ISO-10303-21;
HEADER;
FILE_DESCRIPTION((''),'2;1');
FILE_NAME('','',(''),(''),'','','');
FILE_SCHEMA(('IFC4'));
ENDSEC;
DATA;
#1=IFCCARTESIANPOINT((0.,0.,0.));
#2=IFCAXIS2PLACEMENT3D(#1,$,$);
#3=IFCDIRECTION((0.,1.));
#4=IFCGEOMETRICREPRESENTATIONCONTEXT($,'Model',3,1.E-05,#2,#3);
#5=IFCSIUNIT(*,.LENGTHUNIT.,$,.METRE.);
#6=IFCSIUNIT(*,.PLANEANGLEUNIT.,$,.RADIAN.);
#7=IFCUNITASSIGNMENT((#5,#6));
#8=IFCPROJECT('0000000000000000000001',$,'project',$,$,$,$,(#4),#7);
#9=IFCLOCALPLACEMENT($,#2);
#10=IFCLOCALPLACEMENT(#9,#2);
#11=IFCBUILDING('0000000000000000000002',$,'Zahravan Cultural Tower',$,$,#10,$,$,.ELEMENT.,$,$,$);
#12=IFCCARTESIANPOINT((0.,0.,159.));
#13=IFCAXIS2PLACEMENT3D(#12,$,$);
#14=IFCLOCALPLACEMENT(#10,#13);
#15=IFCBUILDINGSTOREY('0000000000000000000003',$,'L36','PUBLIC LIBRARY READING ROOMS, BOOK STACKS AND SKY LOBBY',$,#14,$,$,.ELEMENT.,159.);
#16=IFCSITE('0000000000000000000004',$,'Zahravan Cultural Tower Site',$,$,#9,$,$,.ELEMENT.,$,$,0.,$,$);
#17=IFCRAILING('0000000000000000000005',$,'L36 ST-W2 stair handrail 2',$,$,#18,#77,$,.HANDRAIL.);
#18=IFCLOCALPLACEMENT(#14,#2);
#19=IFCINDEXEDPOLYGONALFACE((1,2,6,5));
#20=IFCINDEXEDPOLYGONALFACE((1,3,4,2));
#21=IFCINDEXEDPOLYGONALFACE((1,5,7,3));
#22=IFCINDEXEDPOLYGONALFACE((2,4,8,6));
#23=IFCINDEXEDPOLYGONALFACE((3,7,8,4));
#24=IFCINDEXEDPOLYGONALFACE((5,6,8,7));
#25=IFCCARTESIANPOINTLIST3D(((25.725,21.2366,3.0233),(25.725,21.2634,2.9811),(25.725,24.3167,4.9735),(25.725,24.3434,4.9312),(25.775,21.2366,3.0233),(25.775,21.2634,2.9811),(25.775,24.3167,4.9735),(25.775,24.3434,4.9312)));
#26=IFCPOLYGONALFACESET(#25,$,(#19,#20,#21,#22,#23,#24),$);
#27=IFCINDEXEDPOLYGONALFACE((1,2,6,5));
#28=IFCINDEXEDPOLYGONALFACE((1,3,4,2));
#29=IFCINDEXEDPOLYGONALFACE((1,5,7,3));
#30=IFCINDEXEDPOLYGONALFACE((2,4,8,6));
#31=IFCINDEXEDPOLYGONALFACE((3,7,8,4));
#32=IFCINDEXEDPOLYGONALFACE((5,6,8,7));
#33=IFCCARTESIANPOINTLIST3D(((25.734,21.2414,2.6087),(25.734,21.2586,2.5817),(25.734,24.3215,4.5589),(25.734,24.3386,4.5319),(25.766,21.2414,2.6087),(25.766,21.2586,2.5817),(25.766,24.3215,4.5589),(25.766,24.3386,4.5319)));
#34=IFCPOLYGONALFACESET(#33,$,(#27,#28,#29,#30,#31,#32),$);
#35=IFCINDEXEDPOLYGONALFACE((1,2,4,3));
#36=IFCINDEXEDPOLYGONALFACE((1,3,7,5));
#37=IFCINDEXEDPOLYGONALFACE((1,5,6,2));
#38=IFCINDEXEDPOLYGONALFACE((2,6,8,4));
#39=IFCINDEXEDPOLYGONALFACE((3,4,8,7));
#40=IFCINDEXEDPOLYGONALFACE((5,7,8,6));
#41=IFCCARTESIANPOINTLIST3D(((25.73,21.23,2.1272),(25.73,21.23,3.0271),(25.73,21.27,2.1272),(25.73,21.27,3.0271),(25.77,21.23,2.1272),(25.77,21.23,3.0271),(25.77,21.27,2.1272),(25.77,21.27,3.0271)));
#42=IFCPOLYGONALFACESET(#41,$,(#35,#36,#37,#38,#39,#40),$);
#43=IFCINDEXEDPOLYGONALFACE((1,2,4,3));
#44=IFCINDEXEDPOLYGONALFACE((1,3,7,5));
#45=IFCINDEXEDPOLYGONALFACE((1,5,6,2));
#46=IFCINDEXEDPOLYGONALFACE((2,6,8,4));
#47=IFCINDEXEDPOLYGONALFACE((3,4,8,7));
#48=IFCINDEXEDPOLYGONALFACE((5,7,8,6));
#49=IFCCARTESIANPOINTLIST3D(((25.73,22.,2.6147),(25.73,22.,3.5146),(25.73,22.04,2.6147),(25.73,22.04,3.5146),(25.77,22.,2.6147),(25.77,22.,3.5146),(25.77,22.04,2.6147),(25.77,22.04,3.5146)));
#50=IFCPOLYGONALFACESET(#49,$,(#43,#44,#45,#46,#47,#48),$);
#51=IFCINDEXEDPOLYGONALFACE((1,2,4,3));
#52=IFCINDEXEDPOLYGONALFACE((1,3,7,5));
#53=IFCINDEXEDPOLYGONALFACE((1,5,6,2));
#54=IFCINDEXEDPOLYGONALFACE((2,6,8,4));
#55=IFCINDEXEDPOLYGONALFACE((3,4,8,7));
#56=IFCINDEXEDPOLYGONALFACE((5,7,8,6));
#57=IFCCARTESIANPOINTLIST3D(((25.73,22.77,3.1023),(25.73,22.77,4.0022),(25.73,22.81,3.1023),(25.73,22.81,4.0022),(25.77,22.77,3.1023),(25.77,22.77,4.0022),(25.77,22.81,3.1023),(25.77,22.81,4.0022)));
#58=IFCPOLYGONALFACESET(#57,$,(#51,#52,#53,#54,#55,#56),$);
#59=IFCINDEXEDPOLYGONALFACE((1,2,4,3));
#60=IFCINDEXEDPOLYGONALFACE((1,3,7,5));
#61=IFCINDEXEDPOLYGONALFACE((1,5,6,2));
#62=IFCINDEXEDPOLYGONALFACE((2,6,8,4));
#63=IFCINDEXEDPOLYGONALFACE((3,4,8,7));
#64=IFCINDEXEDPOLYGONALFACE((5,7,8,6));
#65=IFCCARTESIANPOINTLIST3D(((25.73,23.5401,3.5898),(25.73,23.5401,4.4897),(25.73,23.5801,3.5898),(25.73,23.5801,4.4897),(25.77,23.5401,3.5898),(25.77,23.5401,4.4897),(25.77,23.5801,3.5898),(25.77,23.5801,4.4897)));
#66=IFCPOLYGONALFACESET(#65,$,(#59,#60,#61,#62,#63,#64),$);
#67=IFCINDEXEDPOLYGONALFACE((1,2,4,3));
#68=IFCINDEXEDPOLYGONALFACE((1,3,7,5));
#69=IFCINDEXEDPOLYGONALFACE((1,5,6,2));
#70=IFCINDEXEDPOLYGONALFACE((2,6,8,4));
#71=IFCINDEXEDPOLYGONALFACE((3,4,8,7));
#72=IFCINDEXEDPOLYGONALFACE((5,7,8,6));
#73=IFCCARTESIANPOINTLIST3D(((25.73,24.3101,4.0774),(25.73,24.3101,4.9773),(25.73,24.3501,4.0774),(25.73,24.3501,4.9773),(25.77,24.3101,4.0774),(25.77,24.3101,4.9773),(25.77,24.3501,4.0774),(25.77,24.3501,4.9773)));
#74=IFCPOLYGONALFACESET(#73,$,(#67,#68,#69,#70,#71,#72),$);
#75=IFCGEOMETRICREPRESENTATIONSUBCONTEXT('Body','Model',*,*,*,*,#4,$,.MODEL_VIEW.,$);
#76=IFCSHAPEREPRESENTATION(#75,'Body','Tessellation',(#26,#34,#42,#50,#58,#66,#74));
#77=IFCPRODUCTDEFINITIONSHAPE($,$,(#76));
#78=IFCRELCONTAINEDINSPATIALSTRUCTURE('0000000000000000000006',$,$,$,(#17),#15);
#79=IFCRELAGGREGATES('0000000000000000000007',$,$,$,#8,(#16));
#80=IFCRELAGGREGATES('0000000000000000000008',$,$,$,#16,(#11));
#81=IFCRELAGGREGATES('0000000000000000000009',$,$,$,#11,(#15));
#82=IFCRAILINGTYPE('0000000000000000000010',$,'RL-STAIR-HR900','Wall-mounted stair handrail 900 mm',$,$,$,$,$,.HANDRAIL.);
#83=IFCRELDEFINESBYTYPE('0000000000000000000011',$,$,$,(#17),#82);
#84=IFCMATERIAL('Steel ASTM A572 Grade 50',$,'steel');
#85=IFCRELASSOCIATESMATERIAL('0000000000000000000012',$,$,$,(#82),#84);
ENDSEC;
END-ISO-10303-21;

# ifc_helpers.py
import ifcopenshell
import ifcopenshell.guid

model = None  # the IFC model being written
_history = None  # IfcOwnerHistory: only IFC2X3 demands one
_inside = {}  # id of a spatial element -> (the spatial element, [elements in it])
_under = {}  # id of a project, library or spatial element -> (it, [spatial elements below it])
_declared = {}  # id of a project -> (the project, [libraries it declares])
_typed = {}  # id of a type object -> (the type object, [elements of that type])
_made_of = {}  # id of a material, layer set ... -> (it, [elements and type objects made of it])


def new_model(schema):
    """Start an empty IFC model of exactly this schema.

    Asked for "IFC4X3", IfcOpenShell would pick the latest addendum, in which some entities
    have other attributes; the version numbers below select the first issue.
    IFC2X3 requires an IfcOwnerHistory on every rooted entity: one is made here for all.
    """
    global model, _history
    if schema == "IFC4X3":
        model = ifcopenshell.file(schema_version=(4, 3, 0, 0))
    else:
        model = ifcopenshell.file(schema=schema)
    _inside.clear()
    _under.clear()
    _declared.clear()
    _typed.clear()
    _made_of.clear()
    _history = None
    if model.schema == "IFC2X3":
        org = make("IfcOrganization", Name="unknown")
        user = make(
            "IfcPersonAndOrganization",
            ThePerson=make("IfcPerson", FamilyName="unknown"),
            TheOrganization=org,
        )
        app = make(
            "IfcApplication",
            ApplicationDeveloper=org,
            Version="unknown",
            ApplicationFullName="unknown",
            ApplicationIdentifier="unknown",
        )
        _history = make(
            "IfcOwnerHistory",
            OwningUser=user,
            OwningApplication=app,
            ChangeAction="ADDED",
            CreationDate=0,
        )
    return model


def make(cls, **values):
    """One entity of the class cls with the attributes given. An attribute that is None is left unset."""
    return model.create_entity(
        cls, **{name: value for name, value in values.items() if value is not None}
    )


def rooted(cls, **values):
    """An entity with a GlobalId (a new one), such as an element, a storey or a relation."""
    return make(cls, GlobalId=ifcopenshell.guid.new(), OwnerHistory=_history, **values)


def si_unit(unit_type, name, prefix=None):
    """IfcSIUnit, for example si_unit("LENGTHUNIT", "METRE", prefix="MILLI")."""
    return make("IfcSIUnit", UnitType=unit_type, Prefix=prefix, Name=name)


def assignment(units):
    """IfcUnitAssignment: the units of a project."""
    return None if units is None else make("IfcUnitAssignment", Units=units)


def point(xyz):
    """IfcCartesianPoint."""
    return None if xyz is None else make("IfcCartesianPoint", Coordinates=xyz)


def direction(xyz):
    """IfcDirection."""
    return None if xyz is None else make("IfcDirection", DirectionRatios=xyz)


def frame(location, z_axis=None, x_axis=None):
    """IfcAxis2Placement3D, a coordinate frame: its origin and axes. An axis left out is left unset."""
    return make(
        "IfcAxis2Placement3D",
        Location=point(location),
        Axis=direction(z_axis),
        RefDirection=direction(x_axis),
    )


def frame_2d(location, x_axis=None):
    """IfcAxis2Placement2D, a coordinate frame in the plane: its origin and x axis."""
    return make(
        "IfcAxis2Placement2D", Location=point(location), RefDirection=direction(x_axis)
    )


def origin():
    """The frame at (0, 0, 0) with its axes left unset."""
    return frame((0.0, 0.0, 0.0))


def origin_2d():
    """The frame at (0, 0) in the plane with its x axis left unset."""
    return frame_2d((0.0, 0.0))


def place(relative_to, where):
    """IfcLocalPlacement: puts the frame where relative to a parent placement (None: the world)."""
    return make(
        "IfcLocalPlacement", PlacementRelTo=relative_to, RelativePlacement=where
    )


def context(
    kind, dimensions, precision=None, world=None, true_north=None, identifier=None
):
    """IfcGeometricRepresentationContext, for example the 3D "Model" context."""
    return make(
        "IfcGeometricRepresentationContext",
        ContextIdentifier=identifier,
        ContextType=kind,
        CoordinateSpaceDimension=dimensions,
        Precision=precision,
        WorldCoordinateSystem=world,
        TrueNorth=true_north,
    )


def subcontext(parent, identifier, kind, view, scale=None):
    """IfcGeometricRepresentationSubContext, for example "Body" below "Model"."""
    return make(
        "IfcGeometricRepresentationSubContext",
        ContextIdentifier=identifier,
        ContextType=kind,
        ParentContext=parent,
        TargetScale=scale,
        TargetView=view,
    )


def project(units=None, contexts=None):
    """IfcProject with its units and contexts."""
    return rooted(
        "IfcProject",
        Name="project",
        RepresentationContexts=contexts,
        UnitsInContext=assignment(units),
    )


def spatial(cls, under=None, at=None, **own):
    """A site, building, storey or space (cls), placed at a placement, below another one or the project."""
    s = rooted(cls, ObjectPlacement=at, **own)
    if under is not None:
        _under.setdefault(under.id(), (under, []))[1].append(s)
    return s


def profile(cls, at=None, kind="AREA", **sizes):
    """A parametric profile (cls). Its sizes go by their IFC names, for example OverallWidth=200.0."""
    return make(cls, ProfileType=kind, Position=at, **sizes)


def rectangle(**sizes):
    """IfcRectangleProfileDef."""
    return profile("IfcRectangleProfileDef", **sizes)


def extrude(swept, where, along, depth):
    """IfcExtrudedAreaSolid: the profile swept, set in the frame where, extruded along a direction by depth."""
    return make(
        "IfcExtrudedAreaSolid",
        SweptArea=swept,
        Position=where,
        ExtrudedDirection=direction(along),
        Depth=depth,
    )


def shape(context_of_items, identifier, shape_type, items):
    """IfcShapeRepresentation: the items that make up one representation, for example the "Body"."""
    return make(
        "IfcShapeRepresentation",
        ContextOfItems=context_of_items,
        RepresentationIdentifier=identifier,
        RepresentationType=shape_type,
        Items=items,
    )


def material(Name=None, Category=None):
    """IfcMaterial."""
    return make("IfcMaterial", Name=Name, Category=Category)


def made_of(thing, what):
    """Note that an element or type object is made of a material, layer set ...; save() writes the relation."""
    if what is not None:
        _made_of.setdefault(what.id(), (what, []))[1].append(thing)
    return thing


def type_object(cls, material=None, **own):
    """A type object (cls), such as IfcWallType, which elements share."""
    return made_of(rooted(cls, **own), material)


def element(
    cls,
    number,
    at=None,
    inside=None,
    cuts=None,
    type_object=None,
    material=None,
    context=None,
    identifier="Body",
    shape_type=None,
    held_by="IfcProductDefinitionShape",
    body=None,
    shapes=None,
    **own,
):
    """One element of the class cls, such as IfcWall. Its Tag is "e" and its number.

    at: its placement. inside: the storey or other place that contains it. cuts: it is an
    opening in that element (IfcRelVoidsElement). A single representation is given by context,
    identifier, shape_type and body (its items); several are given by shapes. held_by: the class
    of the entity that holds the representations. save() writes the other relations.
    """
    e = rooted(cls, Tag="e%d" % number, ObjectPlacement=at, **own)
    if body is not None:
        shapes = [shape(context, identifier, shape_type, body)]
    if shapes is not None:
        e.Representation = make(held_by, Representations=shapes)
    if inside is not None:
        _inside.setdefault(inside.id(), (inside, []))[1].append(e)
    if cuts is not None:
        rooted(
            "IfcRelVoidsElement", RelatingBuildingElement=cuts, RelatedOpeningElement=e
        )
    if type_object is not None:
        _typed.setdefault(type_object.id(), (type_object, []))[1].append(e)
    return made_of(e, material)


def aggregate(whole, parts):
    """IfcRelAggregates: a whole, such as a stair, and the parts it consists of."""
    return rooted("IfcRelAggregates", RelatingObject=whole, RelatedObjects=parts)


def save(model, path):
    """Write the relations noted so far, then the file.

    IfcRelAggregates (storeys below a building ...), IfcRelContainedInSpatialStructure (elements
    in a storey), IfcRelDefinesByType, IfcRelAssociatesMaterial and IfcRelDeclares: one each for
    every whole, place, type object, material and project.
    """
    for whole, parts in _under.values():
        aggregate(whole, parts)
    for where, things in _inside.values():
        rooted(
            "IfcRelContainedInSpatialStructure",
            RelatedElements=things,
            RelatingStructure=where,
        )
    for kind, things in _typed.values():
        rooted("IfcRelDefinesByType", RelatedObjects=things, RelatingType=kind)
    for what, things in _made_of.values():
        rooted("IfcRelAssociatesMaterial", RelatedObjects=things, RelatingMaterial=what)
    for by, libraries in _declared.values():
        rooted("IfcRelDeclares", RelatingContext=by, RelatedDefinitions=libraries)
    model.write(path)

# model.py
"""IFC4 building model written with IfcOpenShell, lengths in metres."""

from ifc_helpers import new_model, si_unit, direction, frame, origin, origin_2d, place, context, subcontext, project, spatial, rectangle, extrude, material, type_object, element, save


model = new_model("IFC4")

# Units and contexts
model_context = context("Model", 3, precision=1e-05, world=origin(), true_north=direction((0.0, 1.0)))
body_context = subcontext(model_context, "Body", "Model", "MODEL_VIEW")
ifc_project = project(units=[si_unit("LENGTHUNIT", "METRE"), si_unit("PLANEANGLEUNIT", "RADIAN")], contexts=[model_context])

# Site, building, storey
site_placement = place(None, origin())
site = spatial("IfcSite", under=ifc_project, at=site_placement, Name="Zahravan Cultural Tower Site", CompositionType="ELEMENT", RefElevation=0.0)
building_placement = place(site_placement, origin())
building = spatial("IfcBuilding", under=site, at=building_placement, Name="Zahravan Cultural Tower", CompositionType="ELEMENT")
storey_placement = place(building_placement, frame((0.0, 0.0, 159.0)))
storey = spatial("IfcBuildingStorey", under=building, at=storey_placement, Name="L36", Description="PUBLIC LIBRARY READING ROOMS, BOOK STACKS AND SKY LOBBY", CompositionType="ELEMENT", Elevation=159.0)

# Shared definitions
ifc_material_1 = material(Name="Steel ASTM A572 Grade 50", Category="steel")

# Railing
railing_type_1 = type_object("IfcRailingType", Name="RL-STAIR-HR900", Description="Wall-mounted stair handrail 900 mm", PredefinedType="HANDRAIL", material=ifc_material_1)
railing_1_placement = place(storey_placement, frame((25.75, 21.25, 2.1272)))
element("IfcRailing", 1, at=railing_1_placement, inside=storey, type_object=railing_type_1, Name="L36 ST-W2 stair handrail 2", PredefinedType="HANDRAIL", context=body_context, shape_type="SweptSolid", body=[
    extrude(rectangle(XDim=0.05, YDim=0.05, at=origin_2d()), frame((0.0, 0.0, 0.875), z_axis=(0.0, 0.844884, 0.53495), x_axis=(-1.0, 0.0, 0.0)), (0.0, 0.0, 1.0), 3.6455),
    extrude(rectangle(XDim=0.032, YDim=0.032, at=origin_2d()), frame((0.0, 0.0, 0.468), z_axis=(0.0, 0.844884, 0.53495), x_axis=(-1.0, 0.0, 0.0)), (0.0, 0.0, 1.0), 3.6455),
    extrude(rectangle(XDim=0.04, YDim=0.04, at=origin_2d()), origin(), (0.0, 0.0, 1.0), 0.8999),
    extrude(rectangle(XDim=0.04, YDim=0.04, at=origin_2d()), frame((0.0, 0.77, 0.4875)), (0.0, 0.0, 1.0), 0.8999),
    extrude(rectangle(XDim=0.04, YDim=0.04, at=origin_2d()), frame((0.0, 1.54, 0.9751)), (0.0, 0.0, 1.0), 0.8999),
    extrude(rectangle(XDim=0.04, YDim=0.04, at=origin_2d()), frame((0.0, 2.3101, 1.4626)), (0.0, 0.0, 1.0), 0.8999),
    extrude(rectangle(XDim=0.04, YDim=0.04, at=origin_2d()), frame((0.0, 3.0801, 1.9502)), (0.0, 0.0, 1.0), 0.8999),
])

save(model, "model.ifc")
